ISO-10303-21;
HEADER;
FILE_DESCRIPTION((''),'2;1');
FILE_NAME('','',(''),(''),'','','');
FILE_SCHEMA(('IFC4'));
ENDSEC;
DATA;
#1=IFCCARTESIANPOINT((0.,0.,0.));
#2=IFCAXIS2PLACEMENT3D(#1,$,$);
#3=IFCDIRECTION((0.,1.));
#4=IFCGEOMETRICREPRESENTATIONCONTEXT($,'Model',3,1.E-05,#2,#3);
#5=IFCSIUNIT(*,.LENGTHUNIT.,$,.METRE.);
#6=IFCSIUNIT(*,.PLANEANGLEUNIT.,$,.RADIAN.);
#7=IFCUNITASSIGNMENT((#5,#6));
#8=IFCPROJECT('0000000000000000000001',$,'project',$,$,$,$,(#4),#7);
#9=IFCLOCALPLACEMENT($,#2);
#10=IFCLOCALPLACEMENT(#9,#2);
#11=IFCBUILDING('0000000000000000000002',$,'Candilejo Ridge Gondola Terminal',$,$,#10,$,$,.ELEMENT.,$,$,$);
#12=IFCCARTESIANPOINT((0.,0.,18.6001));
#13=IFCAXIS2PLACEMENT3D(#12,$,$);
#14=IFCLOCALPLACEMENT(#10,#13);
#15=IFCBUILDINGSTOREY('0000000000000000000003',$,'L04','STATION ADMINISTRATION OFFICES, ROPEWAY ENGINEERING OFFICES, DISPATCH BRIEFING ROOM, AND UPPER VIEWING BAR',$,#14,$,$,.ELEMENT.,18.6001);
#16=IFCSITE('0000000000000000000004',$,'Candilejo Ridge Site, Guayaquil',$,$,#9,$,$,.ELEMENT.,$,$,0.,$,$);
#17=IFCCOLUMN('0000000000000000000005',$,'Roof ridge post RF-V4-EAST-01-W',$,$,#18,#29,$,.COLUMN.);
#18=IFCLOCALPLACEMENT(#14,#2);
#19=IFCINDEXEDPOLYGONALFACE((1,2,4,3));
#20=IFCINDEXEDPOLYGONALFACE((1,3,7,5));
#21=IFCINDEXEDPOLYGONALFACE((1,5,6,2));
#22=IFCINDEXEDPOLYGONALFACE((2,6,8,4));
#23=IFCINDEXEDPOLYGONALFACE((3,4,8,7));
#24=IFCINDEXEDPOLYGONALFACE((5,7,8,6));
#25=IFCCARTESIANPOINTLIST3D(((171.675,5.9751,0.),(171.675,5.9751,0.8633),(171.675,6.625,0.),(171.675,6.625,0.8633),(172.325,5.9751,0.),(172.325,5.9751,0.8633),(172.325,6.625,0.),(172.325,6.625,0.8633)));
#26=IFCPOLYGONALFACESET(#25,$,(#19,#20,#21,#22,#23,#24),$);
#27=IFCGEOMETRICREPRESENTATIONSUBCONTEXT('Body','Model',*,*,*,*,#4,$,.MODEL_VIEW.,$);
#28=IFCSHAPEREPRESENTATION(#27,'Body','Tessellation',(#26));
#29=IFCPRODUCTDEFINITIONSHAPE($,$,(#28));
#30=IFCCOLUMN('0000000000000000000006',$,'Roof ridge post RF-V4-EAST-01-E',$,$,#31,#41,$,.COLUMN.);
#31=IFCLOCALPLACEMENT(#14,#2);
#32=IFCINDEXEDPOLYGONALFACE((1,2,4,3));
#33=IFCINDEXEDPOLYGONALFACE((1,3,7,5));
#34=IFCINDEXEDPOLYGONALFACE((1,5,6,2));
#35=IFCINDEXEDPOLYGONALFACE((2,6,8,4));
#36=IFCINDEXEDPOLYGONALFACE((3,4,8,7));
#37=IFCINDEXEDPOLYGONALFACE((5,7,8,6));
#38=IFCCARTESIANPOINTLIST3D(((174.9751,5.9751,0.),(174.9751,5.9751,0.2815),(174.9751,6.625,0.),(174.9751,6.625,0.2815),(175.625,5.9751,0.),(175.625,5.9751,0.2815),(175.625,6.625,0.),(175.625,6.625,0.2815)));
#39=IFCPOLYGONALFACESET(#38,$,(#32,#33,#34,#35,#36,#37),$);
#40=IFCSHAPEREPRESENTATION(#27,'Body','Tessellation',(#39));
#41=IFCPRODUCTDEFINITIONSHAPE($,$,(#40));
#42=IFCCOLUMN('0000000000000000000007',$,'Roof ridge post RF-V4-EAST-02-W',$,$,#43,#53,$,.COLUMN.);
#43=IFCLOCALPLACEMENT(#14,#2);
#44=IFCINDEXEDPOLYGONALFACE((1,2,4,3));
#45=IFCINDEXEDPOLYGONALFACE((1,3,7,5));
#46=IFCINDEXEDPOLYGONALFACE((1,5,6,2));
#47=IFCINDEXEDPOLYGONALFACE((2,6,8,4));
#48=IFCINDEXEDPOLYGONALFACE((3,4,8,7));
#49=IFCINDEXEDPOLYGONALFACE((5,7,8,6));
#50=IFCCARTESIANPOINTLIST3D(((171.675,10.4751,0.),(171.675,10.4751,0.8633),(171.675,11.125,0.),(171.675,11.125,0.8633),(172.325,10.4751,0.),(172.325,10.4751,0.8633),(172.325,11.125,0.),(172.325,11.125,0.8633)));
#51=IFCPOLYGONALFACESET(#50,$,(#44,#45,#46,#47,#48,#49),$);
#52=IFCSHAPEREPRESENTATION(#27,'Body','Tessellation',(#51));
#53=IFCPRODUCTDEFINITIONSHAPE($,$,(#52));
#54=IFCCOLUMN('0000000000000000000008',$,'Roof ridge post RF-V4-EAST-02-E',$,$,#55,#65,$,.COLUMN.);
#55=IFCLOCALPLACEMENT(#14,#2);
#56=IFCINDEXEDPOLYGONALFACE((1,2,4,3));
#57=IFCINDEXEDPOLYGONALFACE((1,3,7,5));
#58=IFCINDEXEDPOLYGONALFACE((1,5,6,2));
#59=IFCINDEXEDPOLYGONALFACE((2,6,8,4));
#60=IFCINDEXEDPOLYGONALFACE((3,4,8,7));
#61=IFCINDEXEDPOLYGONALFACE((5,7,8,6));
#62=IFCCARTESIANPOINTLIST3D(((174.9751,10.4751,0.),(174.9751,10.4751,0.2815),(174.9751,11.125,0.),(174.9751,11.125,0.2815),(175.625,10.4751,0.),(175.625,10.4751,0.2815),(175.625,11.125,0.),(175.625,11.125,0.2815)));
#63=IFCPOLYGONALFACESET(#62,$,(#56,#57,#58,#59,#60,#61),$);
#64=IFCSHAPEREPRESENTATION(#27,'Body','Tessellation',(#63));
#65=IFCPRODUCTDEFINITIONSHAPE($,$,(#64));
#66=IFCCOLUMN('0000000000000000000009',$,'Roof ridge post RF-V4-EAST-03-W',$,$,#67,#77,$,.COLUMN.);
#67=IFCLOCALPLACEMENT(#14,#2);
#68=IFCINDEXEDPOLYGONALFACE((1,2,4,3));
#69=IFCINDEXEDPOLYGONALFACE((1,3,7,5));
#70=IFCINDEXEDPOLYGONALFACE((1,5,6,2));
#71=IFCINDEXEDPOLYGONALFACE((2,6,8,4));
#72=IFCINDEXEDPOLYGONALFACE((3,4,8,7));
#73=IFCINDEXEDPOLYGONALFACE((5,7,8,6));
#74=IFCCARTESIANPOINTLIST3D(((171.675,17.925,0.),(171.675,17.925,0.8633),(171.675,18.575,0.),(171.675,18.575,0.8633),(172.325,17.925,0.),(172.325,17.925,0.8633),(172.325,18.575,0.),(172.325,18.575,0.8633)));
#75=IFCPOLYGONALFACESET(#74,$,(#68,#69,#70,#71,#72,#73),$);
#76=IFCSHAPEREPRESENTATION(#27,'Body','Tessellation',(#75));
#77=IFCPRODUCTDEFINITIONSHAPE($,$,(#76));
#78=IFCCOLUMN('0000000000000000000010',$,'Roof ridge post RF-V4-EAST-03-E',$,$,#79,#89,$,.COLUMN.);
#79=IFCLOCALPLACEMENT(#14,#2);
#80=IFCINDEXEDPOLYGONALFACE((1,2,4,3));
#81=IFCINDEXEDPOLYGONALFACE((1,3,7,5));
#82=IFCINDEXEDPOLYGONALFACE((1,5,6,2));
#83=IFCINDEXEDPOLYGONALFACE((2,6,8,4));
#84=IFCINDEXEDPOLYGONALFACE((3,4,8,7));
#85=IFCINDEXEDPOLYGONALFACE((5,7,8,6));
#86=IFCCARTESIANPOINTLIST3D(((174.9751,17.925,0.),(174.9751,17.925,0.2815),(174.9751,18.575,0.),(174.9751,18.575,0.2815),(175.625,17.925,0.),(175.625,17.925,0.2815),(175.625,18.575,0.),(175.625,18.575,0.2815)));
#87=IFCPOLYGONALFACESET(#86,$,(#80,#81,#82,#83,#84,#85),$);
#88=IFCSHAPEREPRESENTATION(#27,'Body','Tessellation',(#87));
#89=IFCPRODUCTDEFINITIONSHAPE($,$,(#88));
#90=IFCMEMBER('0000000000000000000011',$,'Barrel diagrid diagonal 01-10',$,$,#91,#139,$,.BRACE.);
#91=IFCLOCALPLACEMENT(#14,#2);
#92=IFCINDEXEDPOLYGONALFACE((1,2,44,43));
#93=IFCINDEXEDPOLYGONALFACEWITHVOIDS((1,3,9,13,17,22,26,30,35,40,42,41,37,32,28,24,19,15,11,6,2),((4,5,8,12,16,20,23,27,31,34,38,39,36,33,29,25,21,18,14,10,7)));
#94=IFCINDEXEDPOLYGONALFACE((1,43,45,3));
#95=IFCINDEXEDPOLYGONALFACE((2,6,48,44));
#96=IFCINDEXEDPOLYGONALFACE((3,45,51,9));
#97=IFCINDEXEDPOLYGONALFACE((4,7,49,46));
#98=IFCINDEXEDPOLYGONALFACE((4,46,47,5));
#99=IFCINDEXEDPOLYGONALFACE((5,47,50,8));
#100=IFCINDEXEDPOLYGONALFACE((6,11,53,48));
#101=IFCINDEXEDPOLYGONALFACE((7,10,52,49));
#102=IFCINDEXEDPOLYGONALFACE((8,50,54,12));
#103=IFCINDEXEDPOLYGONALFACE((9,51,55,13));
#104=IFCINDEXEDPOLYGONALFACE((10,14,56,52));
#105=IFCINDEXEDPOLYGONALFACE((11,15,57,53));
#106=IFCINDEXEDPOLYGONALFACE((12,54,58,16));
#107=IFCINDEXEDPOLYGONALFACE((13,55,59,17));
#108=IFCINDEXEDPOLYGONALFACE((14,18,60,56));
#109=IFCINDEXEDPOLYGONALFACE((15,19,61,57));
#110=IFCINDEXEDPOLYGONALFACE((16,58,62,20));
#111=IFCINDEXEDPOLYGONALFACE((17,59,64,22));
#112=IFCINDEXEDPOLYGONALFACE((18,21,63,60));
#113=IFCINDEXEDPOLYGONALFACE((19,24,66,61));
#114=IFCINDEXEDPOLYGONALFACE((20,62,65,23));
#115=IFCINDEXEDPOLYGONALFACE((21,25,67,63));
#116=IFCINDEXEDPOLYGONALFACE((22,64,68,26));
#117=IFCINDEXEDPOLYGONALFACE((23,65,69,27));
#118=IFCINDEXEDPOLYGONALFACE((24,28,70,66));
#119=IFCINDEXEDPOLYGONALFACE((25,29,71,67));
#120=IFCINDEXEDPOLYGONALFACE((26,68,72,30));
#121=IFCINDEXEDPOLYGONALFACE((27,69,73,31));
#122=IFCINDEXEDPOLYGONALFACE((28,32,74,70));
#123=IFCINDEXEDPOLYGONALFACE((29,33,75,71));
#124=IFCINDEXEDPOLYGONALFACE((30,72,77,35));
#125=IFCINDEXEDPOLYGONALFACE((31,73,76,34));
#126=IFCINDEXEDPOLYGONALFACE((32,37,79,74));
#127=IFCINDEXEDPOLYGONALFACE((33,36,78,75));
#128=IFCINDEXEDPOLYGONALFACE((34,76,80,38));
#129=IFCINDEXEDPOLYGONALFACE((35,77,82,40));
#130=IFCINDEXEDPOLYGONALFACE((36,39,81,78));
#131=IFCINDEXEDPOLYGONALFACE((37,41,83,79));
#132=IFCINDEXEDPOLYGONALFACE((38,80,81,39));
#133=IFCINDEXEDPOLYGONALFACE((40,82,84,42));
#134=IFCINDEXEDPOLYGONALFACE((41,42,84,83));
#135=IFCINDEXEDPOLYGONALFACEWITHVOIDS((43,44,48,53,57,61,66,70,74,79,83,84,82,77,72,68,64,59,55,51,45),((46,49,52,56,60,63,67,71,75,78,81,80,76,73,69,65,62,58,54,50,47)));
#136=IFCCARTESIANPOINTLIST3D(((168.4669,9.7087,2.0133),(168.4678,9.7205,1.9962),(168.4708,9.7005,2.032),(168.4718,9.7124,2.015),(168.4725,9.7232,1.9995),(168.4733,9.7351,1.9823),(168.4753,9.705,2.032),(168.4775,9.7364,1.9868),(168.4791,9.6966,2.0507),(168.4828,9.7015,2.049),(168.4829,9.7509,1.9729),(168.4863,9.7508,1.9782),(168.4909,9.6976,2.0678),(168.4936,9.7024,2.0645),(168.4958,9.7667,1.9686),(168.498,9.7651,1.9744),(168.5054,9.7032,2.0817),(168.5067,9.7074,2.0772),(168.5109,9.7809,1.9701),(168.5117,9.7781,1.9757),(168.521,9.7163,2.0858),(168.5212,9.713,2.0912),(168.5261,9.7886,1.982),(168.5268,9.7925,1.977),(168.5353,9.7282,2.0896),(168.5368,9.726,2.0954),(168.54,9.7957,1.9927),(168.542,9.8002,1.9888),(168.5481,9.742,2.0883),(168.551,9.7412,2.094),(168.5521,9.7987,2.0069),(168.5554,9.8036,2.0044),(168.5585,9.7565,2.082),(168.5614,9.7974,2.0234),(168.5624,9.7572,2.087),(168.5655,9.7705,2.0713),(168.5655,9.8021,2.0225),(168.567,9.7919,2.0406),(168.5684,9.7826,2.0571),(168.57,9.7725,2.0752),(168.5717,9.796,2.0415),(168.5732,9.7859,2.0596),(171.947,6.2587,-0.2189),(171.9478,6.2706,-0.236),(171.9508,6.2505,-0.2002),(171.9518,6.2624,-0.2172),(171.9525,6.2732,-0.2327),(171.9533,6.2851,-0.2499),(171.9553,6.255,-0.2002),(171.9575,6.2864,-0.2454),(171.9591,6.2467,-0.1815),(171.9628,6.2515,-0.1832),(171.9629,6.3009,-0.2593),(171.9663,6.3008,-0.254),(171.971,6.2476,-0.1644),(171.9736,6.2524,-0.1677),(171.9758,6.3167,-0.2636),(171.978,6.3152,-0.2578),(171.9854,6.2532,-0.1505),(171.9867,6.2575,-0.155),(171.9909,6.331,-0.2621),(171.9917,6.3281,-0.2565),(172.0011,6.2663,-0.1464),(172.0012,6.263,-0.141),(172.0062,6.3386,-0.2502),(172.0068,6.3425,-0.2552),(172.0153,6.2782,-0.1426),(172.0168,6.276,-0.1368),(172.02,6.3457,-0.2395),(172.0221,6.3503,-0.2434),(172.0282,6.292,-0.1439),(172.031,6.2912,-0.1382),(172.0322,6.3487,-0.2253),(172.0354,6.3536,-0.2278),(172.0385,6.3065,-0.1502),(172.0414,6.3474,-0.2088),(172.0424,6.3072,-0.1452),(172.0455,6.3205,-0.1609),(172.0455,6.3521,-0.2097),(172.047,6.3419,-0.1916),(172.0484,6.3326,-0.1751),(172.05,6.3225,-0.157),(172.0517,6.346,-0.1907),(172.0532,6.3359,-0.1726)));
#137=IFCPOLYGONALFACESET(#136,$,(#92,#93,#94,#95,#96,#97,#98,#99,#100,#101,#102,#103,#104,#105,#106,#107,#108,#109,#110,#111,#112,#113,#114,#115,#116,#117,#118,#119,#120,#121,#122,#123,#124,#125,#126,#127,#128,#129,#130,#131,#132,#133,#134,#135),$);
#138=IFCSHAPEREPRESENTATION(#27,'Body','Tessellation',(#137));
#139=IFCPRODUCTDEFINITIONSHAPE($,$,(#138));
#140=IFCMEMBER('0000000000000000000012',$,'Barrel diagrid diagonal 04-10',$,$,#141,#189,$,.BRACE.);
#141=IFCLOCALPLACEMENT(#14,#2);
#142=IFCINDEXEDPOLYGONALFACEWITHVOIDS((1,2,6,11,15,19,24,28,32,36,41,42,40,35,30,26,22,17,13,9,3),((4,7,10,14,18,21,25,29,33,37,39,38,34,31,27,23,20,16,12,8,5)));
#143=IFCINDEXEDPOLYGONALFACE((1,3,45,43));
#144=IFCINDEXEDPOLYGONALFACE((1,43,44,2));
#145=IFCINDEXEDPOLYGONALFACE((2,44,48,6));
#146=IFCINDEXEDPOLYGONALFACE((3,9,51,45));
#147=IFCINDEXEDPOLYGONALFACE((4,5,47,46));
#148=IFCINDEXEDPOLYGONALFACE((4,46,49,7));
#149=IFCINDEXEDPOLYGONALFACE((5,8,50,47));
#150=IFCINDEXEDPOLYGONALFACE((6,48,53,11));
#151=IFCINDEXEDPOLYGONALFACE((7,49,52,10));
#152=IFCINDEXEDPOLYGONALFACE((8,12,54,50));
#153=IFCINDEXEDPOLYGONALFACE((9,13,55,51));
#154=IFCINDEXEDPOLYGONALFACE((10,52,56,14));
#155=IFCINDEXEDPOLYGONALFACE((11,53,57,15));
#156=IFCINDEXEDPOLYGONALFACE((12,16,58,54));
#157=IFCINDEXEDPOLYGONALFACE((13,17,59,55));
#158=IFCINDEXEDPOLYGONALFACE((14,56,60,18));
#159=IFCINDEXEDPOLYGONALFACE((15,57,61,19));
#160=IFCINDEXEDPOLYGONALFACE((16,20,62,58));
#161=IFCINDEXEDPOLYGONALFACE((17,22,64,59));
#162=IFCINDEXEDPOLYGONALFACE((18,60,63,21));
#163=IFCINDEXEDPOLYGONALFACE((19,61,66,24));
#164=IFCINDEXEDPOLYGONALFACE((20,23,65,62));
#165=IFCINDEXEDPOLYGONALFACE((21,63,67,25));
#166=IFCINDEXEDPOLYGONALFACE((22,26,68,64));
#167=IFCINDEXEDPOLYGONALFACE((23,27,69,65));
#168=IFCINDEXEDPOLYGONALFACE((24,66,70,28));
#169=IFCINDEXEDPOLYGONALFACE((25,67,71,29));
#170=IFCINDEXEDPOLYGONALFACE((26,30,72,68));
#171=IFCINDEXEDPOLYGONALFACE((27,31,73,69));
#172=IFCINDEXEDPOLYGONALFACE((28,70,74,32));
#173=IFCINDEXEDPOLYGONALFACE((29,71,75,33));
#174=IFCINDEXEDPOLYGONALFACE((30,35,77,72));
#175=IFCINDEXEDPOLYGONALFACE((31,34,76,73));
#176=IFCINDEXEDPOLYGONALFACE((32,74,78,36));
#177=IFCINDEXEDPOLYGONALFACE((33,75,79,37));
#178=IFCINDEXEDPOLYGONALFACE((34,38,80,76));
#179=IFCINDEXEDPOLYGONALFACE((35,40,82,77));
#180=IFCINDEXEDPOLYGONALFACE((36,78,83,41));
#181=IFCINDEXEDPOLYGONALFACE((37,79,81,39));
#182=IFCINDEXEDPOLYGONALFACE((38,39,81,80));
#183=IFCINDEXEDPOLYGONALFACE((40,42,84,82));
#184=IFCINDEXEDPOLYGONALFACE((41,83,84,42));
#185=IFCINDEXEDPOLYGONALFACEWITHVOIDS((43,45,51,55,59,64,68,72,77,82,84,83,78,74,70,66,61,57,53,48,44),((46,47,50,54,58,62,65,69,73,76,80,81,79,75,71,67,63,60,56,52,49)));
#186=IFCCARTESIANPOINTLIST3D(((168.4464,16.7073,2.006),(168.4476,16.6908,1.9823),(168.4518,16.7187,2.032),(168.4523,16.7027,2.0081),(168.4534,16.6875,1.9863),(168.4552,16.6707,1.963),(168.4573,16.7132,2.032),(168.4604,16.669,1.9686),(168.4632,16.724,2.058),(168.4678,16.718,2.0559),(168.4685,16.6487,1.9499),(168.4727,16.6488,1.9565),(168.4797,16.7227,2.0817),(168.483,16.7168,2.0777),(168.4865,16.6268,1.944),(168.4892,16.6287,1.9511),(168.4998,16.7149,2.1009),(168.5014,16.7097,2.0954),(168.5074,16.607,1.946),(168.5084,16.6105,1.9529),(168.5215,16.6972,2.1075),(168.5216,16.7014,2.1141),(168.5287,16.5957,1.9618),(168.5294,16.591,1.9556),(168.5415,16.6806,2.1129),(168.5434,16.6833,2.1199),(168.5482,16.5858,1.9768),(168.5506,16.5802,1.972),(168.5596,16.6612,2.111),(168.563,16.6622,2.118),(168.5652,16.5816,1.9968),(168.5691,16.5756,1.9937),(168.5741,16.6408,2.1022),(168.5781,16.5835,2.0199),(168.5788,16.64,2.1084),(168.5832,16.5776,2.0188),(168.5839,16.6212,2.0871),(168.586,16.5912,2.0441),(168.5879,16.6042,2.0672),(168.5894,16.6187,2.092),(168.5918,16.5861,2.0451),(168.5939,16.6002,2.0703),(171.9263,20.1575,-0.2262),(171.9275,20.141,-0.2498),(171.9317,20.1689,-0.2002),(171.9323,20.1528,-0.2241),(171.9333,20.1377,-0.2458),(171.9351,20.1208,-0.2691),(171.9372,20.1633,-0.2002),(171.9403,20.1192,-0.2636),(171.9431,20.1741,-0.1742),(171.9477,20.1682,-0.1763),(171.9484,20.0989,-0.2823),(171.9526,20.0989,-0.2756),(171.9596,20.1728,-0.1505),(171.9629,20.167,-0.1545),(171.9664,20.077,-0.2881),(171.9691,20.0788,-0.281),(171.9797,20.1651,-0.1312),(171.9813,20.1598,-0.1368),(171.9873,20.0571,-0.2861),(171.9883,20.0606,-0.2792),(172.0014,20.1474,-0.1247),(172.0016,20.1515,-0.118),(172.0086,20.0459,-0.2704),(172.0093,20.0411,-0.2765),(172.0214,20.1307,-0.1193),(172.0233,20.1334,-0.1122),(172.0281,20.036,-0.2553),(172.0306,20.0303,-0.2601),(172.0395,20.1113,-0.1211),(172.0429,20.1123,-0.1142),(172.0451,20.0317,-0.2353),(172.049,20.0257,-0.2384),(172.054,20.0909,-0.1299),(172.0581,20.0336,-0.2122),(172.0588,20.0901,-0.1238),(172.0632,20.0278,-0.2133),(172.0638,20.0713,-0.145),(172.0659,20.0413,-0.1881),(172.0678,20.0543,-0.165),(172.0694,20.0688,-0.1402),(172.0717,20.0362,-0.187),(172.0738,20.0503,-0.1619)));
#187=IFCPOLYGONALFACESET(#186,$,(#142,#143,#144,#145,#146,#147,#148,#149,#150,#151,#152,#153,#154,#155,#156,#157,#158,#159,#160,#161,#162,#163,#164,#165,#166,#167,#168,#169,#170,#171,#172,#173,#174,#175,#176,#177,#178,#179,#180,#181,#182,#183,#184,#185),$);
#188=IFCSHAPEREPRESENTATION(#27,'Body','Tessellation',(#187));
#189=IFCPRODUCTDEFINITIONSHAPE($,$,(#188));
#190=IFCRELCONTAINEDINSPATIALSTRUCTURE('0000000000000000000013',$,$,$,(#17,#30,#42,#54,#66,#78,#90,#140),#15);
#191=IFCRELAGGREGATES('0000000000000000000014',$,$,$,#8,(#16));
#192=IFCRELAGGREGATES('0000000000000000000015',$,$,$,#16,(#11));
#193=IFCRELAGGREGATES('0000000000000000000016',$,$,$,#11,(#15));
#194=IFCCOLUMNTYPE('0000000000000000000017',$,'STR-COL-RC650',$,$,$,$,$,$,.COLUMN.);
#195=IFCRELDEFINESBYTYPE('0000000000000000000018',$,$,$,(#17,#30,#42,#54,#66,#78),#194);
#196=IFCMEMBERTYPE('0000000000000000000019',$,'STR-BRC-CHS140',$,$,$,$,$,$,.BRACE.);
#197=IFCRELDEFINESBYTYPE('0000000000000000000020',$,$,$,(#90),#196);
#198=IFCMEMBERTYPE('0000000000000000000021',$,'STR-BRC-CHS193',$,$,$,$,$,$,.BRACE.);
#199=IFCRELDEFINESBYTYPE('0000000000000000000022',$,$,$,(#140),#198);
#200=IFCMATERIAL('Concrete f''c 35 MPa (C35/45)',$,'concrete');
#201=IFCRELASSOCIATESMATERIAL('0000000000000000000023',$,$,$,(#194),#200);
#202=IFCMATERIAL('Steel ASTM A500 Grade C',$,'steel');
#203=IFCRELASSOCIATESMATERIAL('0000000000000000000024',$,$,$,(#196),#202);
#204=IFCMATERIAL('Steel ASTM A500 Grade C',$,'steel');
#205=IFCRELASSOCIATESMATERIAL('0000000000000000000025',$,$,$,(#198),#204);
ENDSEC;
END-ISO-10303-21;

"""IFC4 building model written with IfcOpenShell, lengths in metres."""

from ifc_helpers import new_model, si_unit, direction, frame, origin, origin_2d, place, context, subcontext, project, spatial, rectangle, hollow_circle, extrude, material, material_profile, profile_set, type_object, element, save


model = new_model("IFC4")

# Units and contexts
model_context = context("Model", 3, precision=1e-05, world=origin(), true_north=direction((0.0, 1.0)))
body_context = subcontext(model_context, "Body", "Model", "MODEL_VIEW")
ifc_project = project(units=[si_unit("LENGTHUNIT", "METRE"), si_unit("PLANEANGLEUNIT", "RADIAN")], contexts=[model_context])

# Site, building, storey
site_placement = place(None, origin())
site = spatial("IfcSite", under=ifc_project, at=site_placement, Name="Candilejo Ridge Site, Guayaquil", CompositionType="ELEMENT", RefElevation=0.0)
building_placement = place(site_placement, origin())
building = spatial("IfcBuilding", under=site, at=building_placement, Name="Candilejo Ridge Gondola Terminal", CompositionType="ELEMENT")
storey_placement = place(building_placement, frame((0.0, 0.0, 18.6001)))
storey = spatial("IfcBuildingStorey", under=building, at=storey_placement, Name="L04", Description="STATION ADMINISTRATION OFFICES, ROPEWAY ENGINEERING OFFICES, DISPATCH BRIEFING ROOM, AND UPPER VIEWING BAR", CompositionType="ELEMENT", Elevation=18.6001)

# Columns
ifc_material_1 = material(Name="Concrete f'c 35 MPa (C35/45)", Category="concrete")
ifc_material_profile_1 = material_profile(ifc_material_1, rectangle(XDim=0.6499, YDim=0.6499, at=origin_2d()))
ifc_profile_set_1 = profile_set([ifc_material_profile_1], Name="Concrete f'c 35 MPa (C35/45)")
column_type = type_object("IfcColumnType", Name="STR-COL-RC650", PredefinedType="COLUMN", material=ifc_profile_set_1)
column_1_placement = place(storey_placement, frame((172.0, 6.3, 0.0), z_axis=(0.0, 0.0, 1.0), x_axis=(1.0, 0.0, 0.0)))
element("IfcColumn", 1, at=column_1_placement, inside=storey, type_object=column_type, Name="Roof ridge post RF-V4-EAST-01-W", PredefinedType="COLUMN", context=body_context, shape_type="SweptSolid", body=[
    extrude(rectangle(XDim=0.6499, YDim=0.6499, at=origin_2d()), origin(), (0.0, 0.0, 1.0), 0.8633),
])
column_2_placement = place(storey_placement, frame((175.3, 6.3, 0.0), z_axis=(0.0, 0.0, 1.0), x_axis=(1.0, 0.0, 0.0)))
element("IfcColumn", 2, at=column_2_placement, inside=storey, type_object=column_type, Name="Roof ridge post RF-V4-EAST-01-E", PredefinedType="COLUMN", context=body_context, shape_type="SweptSolid", body=[
    extrude(rectangle(XDim=0.6499, YDim=0.6499, at=origin_2d()), origin(), (0.0, 0.0, 1.0), 0.2815),
])
column_3_placement = place(storey_placement, frame((172.0, 10.8, 0.0), z_axis=(0.0, 0.0, 1.0), x_axis=(1.0, 0.0, 0.0)))
element("IfcColumn", 3, at=column_3_placement, inside=storey, type_object=column_type, Name="Roof ridge post RF-V4-EAST-02-W", PredefinedType="COLUMN", context=body_context, shape_type="SweptSolid", body=[
    extrude(rectangle(XDim=0.6499, YDim=0.6499, at=origin_2d()), origin(), (0.0, 0.0, 1.0), 0.8633),
])
column_4_placement = place(storey_placement, frame((175.3, 10.8, 0.0), z_axis=(0.0, 0.0, 1.0), x_axis=(1.0, 0.0, 0.0)))
element("IfcColumn", 4, at=column_4_placement, inside=storey, type_object=column_type, Name="Roof ridge post RF-V4-EAST-02-E", PredefinedType="COLUMN", context=body_context, shape_type="SweptSolid", body=[
    extrude(rectangle(XDim=0.6499, YDim=0.6499, at=origin_2d()), origin(), (0.0, 0.0, 1.0), 0.2815),
])
column_5_placement = place(storey_placement, frame((172.0, 18.25, 0.0), z_axis=(0.0, 0.0, 1.0), x_axis=(1.0, 0.0, 0.0)))
element("IfcColumn", 5, at=column_5_placement, inside=storey, type_object=column_type, Name="Roof ridge post RF-V4-EAST-03-W", PredefinedType="COLUMN", context=body_context, shape_type="SweptSolid", body=[
    extrude(rectangle(XDim=0.6499, YDim=0.6499, at=origin_2d()), origin(), (0.0, 0.0, 1.0), 0.8633),
])
column_6_placement = place(storey_placement, frame((175.3, 18.25, 0.0), z_axis=(0.0, 0.0, 1.0), x_axis=(1.0, 0.0, 0.0)))
element("IfcColumn", 6, at=column_6_placement, inside=storey, type_object=column_type, Name="Roof ridge post RF-V4-EAST-03-E", PredefinedType="COLUMN", context=body_context, shape_type="SweptSolid", body=[
    extrude(rectangle(XDim=0.6499, YDim=0.6499, at=origin_2d()), origin(), (0.0, 0.0, 1.0), 0.2815),
])

# Members
ifc_material_2 = material(Name="Steel ASTM A500 Grade C", Category="steel")
ifc_material_profile_2 = material_profile(ifc_material_2, hollow_circle(Radius=0.0698, WallThickness=0.0063, at=origin_2d()))
ifc_profile_set_2 = profile_set([ifc_material_profile_2], Name="Steel ASTM A500 Grade C")
member_type_1 = type_object("IfcMemberType", Name="STR-BRC-CHS140", PredefinedType="BRACE", material=ifc_profile_set_2)
member_1_placement = place(storey_placement, frame((172.0, 6.3, -0.2002), z_axis=(-0.646271, 0.640695, 0.41454), x_axis=(-0.704036, -0.710164, 0.0)))
element("IfcMember", 7, at=member_1_placement, inside=storey, type_object=member_type_1, Name="Barrel diagrid diagonal 01-10", PredefinedType="BRACE", context=body_context, shape_type="SweptSolid", body=[
    extrude(hollow_circle(Radius=0.0698, WallThickness=0.0063, at=origin_2d()), origin(), (0.0, 0.0, 1.0), 5.3848),
])
ifc_material_3 = material(Name="Steel ASTM A500 Grade C", Category="steel")
ifc_material_profile_3 = material_profile(ifc_material_3, hollow_circle(Radius=0.0969, WallThickness=0.0078, at=origin_2d()))
ifc_profile_set_3 = profile_set([ifc_material_profile_3], Name="Steel ASTM A500 Grade C")
member_type_2 = type_object("IfcMemberType", Name="STR-BRC-CHS193", PredefinedType="BRACE", material=ifc_profile_set_3)
member_2_placement = place(storey_placement, frame((168.52, 16.6499, 2.032), z_axis=(0.646253, 0.640721, -0.414528), x_axis=(-0.704061, 0.710139, 0.0)))
element("IfcMember", 8, at=member_2_placement, inside=storey, type_object=member_type_2, Name="Barrel diagrid diagonal 04-10", PredefinedType="BRACE", context=body_context, shape_type="SweptSolid", body=[
    extrude(hollow_circle(Radius=0.0969, WallThickness=0.0078, at=origin_2d()), origin(), (0.0, 0.0, 1.0), 5.3848),
])

save(model, "model.ifc")
